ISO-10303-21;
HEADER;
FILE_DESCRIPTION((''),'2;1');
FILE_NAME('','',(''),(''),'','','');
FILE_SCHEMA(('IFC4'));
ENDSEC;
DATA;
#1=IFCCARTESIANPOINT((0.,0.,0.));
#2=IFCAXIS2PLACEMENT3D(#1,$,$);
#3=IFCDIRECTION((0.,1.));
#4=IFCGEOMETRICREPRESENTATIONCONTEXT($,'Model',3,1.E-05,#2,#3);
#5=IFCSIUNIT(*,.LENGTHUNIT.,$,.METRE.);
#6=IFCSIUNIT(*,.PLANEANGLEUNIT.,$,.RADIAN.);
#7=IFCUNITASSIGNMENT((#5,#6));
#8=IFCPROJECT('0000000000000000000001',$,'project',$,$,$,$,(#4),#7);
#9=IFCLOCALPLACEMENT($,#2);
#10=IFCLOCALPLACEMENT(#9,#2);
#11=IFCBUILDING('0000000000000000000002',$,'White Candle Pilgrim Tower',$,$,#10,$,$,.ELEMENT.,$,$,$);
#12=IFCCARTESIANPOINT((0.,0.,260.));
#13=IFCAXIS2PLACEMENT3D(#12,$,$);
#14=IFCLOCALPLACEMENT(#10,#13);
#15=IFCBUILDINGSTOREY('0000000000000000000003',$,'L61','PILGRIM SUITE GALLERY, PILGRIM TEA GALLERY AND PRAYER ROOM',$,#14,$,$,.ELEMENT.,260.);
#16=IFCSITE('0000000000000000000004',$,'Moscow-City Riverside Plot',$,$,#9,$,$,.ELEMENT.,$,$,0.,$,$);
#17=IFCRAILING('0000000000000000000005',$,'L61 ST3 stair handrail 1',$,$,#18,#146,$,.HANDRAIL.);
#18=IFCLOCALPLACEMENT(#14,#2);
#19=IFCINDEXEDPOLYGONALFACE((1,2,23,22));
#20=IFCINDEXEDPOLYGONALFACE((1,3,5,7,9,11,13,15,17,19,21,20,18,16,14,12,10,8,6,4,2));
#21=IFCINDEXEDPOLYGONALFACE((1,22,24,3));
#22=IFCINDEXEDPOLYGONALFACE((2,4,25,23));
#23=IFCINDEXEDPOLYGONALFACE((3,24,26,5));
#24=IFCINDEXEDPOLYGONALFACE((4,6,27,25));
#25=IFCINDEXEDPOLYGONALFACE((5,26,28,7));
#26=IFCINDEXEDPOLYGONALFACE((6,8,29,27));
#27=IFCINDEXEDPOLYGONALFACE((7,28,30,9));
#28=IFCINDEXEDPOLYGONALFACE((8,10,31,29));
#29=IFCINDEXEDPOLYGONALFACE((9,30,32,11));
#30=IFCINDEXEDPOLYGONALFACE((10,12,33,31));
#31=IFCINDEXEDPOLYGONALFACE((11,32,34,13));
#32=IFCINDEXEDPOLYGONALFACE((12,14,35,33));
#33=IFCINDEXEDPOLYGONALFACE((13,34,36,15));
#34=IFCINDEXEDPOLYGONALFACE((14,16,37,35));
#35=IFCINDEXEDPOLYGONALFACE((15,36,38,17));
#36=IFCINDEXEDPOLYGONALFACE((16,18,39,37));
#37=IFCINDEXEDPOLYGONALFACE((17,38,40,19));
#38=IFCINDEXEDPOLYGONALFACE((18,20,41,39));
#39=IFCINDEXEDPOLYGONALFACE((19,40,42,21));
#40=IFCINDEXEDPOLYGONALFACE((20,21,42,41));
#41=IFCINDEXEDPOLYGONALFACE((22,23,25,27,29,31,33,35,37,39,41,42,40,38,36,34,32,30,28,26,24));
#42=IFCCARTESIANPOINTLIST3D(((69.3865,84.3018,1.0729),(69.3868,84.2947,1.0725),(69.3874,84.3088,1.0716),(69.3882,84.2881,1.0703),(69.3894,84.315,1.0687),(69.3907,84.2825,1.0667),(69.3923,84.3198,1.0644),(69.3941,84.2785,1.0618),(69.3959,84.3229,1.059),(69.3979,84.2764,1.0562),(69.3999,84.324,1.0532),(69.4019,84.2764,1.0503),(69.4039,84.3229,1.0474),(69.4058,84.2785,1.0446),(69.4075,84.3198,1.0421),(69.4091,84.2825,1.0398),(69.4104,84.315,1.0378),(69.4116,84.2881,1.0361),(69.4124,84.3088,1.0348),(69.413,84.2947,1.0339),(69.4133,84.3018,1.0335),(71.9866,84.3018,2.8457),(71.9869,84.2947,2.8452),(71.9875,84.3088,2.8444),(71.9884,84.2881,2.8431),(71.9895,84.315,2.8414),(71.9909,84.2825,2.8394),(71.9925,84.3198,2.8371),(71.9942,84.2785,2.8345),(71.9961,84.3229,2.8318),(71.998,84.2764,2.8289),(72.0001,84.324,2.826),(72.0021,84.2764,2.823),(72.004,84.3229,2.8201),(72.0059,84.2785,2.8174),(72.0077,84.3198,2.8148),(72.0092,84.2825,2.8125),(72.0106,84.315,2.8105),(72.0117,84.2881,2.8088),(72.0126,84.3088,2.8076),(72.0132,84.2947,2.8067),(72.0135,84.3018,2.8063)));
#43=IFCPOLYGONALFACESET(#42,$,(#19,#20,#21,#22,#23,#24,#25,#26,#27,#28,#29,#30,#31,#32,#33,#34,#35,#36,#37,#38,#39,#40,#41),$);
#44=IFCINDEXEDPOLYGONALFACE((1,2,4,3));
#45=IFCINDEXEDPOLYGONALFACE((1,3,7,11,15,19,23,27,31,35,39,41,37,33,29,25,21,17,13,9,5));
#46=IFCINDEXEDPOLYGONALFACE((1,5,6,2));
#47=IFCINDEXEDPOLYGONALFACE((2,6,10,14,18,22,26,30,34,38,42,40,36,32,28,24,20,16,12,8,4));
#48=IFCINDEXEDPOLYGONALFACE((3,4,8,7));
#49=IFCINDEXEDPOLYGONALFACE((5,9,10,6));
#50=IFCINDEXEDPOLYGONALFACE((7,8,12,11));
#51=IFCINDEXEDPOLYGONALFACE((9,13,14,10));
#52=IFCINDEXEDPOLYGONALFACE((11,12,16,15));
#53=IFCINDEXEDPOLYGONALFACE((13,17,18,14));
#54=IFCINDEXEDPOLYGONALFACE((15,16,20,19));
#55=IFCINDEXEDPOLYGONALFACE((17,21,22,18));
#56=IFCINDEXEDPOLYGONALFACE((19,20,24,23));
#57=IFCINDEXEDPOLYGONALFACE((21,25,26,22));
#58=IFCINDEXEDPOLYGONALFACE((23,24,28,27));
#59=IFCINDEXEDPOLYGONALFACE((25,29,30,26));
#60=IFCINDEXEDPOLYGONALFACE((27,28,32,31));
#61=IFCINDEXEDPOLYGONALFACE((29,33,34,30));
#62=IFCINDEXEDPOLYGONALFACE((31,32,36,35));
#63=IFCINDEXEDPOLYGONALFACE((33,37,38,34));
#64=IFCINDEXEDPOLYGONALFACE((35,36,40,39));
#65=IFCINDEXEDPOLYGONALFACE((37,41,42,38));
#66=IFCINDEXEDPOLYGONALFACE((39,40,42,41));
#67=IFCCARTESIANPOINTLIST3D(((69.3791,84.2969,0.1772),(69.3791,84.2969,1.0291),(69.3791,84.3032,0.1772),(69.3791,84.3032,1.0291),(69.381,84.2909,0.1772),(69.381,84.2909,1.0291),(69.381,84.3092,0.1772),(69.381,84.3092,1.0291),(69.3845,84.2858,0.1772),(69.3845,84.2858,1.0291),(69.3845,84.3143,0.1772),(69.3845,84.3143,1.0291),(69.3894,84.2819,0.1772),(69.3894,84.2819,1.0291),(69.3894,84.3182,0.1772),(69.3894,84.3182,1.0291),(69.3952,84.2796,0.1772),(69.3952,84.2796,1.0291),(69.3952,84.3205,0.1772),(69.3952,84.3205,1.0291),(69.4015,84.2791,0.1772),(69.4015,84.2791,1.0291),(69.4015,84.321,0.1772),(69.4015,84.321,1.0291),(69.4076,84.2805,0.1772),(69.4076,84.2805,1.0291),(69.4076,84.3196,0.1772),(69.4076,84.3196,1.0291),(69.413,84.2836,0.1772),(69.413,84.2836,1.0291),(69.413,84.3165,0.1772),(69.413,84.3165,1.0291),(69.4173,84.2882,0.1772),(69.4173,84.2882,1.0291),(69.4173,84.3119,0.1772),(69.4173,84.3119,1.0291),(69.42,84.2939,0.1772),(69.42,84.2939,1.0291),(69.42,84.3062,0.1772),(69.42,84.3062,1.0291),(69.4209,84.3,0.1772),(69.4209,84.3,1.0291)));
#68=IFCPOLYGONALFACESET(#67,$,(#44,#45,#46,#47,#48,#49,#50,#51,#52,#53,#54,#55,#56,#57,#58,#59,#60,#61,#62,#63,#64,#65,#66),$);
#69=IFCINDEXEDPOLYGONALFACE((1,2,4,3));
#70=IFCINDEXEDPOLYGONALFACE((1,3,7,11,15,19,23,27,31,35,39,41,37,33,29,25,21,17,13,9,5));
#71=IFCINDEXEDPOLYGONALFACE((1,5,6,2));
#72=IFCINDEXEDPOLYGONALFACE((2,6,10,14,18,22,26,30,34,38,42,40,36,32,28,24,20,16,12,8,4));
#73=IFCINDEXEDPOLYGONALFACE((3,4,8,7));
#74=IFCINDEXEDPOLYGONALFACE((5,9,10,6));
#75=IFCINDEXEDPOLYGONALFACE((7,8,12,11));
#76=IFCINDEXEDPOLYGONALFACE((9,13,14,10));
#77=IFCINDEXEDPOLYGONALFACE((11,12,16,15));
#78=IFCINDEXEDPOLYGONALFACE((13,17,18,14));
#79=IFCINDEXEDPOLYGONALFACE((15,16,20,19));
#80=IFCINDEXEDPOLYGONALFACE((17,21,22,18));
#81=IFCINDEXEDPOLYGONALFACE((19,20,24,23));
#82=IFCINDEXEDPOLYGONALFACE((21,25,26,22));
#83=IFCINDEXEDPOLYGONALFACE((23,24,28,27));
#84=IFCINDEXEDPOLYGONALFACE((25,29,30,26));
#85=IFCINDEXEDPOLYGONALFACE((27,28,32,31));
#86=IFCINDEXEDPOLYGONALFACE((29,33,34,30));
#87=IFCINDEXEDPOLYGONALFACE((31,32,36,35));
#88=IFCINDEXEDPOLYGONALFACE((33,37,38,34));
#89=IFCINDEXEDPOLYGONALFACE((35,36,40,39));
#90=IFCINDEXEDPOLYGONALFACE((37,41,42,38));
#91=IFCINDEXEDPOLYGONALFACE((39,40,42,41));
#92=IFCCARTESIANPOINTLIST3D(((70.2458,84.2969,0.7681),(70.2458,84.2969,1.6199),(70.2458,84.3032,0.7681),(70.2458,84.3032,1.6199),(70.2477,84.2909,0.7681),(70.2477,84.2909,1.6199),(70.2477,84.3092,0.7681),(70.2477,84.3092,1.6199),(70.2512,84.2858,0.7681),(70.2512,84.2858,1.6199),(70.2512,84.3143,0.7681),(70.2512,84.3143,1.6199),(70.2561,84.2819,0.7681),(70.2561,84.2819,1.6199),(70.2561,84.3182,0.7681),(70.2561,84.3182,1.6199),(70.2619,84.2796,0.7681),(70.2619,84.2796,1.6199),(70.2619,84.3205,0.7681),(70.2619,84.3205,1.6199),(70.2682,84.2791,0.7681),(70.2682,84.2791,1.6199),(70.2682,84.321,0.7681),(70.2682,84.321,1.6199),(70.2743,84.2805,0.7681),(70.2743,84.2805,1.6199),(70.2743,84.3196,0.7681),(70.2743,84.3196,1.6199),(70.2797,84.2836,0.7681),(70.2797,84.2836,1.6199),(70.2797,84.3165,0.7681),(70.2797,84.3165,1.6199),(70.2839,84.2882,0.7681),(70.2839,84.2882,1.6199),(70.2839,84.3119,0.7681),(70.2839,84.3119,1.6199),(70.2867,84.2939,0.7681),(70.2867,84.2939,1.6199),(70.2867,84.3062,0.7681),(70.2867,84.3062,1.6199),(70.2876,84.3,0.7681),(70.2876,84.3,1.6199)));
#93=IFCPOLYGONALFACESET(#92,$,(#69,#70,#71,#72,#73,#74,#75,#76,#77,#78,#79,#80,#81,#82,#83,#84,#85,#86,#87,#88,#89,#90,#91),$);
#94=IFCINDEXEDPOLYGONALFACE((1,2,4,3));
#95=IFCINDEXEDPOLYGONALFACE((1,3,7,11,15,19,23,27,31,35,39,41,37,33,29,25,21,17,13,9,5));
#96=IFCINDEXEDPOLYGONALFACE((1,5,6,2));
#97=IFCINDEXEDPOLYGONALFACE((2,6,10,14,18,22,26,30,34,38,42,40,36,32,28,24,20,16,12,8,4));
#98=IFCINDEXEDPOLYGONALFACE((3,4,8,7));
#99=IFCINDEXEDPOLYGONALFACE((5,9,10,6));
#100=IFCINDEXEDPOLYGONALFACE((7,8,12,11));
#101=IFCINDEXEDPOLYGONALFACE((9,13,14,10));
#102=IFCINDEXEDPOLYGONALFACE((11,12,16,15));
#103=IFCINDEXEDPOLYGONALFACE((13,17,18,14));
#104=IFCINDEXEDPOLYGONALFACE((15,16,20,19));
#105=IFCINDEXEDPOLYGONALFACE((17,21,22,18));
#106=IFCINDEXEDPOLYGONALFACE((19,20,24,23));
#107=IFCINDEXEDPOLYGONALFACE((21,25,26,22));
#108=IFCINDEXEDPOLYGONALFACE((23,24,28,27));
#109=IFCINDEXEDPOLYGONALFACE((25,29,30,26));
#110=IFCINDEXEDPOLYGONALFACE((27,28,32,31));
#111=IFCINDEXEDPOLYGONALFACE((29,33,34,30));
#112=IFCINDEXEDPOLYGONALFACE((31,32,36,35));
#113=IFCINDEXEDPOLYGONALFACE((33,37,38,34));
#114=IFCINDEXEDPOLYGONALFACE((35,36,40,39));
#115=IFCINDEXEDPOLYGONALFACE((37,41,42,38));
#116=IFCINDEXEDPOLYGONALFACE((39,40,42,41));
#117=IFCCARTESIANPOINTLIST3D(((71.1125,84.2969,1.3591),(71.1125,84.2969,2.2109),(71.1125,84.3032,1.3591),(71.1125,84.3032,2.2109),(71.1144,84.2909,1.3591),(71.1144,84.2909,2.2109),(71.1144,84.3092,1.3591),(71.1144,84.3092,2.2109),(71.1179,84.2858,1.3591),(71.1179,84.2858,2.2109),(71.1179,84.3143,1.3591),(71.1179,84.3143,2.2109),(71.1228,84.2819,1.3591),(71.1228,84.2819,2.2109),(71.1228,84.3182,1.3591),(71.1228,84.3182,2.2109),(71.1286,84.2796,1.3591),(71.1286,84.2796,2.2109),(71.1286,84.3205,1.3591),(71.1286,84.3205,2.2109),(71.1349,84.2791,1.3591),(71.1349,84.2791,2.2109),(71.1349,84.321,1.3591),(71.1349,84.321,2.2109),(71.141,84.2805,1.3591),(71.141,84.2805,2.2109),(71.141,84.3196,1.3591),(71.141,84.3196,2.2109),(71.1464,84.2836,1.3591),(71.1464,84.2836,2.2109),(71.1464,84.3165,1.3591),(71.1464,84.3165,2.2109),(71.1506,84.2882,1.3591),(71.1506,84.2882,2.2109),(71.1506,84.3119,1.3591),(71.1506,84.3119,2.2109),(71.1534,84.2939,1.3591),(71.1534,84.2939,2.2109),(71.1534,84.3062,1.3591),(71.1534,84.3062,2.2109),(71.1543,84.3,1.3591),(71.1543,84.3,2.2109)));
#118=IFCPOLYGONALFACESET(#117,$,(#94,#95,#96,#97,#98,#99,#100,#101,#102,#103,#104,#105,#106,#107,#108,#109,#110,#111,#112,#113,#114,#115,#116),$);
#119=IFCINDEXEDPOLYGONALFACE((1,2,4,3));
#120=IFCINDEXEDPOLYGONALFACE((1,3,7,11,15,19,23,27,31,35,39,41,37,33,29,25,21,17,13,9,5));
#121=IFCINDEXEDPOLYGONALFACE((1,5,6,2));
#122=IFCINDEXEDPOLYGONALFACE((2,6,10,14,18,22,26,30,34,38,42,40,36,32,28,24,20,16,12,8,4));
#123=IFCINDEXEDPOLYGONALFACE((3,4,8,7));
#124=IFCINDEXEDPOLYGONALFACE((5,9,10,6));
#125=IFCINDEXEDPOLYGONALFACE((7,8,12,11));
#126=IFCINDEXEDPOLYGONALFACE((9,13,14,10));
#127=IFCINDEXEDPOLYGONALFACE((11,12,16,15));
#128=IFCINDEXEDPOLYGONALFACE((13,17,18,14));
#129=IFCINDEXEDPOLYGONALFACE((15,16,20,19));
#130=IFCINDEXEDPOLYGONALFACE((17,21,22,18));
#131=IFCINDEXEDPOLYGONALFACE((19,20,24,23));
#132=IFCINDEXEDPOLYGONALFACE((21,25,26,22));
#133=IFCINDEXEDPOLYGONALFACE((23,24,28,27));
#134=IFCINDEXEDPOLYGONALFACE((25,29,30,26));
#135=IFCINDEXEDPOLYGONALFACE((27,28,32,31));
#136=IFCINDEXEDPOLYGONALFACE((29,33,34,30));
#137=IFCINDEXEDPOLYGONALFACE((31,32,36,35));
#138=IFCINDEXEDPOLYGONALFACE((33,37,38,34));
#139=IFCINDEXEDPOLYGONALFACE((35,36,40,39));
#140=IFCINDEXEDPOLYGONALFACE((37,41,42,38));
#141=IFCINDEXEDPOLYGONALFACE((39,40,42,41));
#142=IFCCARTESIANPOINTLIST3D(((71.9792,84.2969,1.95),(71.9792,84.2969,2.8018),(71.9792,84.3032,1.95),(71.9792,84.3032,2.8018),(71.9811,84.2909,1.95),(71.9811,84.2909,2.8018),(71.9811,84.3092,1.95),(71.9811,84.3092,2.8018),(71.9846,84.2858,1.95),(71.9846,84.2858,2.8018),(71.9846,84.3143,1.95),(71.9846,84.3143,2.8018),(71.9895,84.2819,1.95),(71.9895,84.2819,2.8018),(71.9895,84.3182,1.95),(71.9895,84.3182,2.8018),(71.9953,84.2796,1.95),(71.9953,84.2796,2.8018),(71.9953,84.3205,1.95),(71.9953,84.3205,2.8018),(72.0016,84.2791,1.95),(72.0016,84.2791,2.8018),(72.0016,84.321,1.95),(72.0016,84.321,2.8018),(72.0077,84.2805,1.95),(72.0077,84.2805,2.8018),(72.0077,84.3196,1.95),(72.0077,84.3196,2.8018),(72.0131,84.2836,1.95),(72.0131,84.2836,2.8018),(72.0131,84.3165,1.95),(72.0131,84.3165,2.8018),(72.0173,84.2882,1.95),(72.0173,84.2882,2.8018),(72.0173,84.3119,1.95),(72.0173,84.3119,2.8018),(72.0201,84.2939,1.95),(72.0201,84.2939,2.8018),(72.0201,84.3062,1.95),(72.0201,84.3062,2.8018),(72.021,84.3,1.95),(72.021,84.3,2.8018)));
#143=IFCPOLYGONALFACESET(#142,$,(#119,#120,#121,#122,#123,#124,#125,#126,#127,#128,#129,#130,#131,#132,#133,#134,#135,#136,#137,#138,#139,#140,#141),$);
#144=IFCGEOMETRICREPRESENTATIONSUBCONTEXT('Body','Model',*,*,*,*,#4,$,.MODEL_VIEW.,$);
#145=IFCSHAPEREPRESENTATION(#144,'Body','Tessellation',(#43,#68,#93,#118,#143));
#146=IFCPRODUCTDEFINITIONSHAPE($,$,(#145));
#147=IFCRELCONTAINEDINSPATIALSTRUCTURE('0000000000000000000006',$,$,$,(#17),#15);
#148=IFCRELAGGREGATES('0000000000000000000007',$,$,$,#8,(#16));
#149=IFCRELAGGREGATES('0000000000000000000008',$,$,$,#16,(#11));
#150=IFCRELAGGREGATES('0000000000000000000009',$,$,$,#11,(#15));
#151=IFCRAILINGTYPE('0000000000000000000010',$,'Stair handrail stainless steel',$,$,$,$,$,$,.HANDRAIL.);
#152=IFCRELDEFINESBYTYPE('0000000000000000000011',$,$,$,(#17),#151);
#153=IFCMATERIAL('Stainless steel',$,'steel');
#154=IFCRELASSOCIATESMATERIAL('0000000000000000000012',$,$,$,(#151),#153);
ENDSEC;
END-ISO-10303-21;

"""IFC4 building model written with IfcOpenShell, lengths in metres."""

from ifc_helpers import new_model, si_unit, direction, frame, origin, origin_2d, place, context, subcontext, project, spatial, circle, extrude, material, type_object, element, save


model = new_model("IFC4")

# Units and contexts
model_context = context("Model", 3, precision=1e-05, world=origin(), true_north=direction((0.0, 1.0)))
body_context = subcontext(model_context, "Body", "Model", "MODEL_VIEW")
ifc_project = project(units=[si_unit("LENGTHUNIT", "METRE"), si_unit("PLANEANGLEUNIT", "RADIAN")], contexts=[model_context])

# Site, building, storey
site_placement = place(None, origin())
site = spatial("IfcSite", under=ifc_project, at=site_placement, Name="Moscow-City Riverside Plot", CompositionType="ELEMENT", RefElevation=0.0)
building_placement = place(site_placement, origin())
building = spatial("IfcBuilding", under=site, at=building_placement, Name="White Candle Pilgrim Tower", CompositionType="ELEMENT")
storey_placement = place(building_placement, frame((0.0, 0.0, 260.0)))
storey = spatial("IfcBuildingStorey", under=building, at=storey_placement, Name="L61", Description="PILGRIM SUITE GALLERY, PILGRIM TEA GALLERY AND PRAYER ROOM", CompositionType="ELEMENT", Elevation=260.0)

# Railing
ifc_material_1 = material(Name="Stainless steel", Category="steel")
railing_type_1 = type_object("IfcRailingType", Name="Stair handrail stainless steel", PredefinedType="HANDRAIL", material=ifc_material_1)
railing_1_placement = place(storey_placement, frame((69.3999, 84.3, 0.1772)))
element("IfcRailing", 1, at=railing_1_placement, inside=storey, type_object=railing_type_1, Name="L61 ST3 stair handrail 1", PredefinedType="HANDRAIL", context=body_context, shape_type="SweptSolid", body=[
    extrude(circle(Radius=0.0239, at=origin_2d()), frame((0.0, 0.0, 0.876), z_axis=(0.82624, 0.0, 0.563318), x_axis=(0.0, 1.0, 0.0)), (0.0, 0.0, 1.0), 3.147),
    extrude(circle(Radius=0.021, at=origin_2d()), origin(), (0.0, 0.0, 1.0), 0.8518),
    extrude(circle(Radius=0.021, at=origin_2d()), frame((0.8667, 0.0, 0.5908)), (0.0, 0.0, 1.0), 0.8518),
    extrude(circle(Radius=0.021, at=origin_2d()), frame((1.7334, 0.0, 1.1819)), (0.0, 0.0, 1.0), 0.8518),
    extrude(circle(Radius=0.021, at=origin_2d()), frame((2.6001, 0.0, 1.7727)), (0.0, 0.0, 1.0), 0.8518),
])

save(model, "model.ifc")
